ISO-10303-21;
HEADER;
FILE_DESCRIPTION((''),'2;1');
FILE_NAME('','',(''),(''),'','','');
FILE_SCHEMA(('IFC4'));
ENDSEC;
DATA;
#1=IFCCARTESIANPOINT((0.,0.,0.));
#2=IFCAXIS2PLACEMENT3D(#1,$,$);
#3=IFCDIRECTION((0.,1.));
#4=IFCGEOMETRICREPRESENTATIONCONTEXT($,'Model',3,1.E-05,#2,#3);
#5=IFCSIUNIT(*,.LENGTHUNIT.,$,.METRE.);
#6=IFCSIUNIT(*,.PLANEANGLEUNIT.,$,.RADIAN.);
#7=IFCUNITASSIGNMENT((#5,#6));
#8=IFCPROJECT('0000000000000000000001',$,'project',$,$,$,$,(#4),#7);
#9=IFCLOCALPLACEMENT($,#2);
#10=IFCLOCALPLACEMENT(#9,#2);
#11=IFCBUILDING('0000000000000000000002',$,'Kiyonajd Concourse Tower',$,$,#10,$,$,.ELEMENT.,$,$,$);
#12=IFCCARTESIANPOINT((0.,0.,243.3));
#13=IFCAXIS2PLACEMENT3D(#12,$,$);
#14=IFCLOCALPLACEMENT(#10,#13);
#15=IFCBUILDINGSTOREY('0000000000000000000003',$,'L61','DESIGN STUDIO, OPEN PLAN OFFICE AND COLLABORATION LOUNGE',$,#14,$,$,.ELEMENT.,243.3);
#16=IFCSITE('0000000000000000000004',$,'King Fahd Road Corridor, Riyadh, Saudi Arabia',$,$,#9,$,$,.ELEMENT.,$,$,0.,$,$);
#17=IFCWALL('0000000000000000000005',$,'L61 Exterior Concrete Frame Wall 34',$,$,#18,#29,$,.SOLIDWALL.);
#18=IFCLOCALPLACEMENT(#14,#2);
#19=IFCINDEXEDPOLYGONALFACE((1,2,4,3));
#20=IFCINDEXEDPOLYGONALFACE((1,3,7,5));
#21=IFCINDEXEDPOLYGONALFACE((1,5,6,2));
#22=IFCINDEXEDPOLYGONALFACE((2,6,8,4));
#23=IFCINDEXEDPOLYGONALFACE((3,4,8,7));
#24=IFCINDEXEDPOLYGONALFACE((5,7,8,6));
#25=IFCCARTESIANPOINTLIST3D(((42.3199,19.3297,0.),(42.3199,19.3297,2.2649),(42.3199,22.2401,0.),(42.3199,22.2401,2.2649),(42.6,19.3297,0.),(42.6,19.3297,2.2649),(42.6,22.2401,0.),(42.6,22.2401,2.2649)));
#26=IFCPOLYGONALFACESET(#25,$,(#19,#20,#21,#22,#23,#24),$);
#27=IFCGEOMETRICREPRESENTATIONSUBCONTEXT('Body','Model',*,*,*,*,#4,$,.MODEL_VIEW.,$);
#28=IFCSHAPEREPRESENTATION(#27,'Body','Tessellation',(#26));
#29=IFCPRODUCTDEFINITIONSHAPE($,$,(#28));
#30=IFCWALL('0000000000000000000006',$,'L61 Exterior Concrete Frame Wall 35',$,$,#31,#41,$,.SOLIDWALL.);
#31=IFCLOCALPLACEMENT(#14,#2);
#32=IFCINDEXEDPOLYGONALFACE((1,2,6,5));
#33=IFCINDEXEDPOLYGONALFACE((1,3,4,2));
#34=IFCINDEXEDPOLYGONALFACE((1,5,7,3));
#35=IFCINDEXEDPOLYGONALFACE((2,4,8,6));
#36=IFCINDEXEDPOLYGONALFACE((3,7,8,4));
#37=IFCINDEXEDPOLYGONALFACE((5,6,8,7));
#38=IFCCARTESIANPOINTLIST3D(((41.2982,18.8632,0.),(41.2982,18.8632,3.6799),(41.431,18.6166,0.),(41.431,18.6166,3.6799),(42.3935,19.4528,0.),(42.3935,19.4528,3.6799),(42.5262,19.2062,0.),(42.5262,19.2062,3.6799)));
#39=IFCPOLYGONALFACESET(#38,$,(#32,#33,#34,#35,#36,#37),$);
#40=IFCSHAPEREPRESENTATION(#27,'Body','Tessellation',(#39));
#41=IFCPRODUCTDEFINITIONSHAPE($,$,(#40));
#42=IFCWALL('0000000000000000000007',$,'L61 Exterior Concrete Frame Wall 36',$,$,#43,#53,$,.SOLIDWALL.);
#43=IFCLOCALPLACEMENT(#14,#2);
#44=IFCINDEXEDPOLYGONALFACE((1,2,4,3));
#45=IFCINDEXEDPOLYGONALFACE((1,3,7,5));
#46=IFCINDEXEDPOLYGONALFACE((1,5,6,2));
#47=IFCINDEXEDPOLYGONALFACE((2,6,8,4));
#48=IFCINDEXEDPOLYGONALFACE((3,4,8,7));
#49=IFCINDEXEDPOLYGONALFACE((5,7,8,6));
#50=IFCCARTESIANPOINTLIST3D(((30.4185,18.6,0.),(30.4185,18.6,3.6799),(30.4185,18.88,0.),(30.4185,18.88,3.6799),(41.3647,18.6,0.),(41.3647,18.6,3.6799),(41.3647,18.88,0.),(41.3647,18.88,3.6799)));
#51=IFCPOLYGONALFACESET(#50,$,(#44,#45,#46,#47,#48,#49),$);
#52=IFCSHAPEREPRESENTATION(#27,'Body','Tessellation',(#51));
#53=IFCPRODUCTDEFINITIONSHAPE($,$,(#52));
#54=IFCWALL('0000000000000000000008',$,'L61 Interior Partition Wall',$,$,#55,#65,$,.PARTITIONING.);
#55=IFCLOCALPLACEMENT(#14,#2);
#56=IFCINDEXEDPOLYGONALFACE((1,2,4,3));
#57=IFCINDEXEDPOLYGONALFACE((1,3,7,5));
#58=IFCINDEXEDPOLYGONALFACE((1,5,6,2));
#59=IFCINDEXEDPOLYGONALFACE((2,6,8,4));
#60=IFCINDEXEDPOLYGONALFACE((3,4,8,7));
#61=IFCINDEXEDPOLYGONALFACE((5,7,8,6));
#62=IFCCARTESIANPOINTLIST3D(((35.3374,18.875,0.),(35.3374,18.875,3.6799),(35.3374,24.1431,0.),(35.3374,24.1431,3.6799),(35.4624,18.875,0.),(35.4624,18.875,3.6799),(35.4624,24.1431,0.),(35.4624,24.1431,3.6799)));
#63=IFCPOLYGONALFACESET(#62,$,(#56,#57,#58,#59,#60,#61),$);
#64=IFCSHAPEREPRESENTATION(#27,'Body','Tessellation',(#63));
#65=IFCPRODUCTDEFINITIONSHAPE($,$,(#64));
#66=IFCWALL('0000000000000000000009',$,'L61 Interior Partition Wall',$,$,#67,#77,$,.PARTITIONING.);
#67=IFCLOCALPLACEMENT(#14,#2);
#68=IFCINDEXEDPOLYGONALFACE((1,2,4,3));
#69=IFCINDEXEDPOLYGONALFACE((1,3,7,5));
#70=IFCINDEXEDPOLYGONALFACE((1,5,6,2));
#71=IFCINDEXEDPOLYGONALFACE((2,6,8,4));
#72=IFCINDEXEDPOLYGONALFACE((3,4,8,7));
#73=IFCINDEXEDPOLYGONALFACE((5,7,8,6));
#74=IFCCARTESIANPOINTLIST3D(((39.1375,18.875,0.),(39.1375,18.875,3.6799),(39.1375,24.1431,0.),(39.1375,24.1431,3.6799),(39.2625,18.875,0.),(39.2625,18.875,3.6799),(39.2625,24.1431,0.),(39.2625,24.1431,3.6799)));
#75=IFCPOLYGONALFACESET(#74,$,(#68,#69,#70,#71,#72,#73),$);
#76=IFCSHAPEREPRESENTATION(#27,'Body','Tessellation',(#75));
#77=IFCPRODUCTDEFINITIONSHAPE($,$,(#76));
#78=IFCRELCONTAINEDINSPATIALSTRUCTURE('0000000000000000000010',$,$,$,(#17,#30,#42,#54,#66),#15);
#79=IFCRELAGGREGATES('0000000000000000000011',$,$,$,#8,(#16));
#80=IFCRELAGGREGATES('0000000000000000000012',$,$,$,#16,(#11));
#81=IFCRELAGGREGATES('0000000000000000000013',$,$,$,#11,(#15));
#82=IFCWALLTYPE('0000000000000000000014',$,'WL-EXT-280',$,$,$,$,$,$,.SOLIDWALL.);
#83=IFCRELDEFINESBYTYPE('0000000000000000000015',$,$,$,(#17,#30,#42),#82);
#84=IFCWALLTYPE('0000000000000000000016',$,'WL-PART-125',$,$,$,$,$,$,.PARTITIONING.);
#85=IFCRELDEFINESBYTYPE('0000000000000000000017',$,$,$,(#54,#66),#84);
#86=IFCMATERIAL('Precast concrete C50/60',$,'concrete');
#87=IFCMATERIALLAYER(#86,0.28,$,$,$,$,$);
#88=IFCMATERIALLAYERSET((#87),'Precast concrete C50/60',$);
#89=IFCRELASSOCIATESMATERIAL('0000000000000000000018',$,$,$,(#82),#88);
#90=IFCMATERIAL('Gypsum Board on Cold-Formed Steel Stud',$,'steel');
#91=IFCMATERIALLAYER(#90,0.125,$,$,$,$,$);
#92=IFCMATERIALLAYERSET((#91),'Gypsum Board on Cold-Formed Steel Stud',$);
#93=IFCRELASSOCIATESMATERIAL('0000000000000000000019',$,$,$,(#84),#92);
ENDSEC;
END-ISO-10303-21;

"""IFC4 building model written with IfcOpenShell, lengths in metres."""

from ifc_helpers import new_model, si_unit, direction, frame, frame_2d, origin, place, context, subcontext, project, spatial, rectangle, extrude, material, layer, layer_set, type_object, element, save


model = new_model("IFC4")

# Units and contexts
model_context = context("Model", 3, precision=1e-05, world=origin(), true_north=direction((0.0, 1.0)))
body_context = subcontext(model_context, "Body", "Model", "MODEL_VIEW")
ifc_project = project(units=[si_unit("LENGTHUNIT", "METRE"), si_unit("PLANEANGLEUNIT", "RADIAN")], contexts=[model_context])

# Site, building, storey
site_placement = place(None, origin())
site = spatial("IfcSite", under=ifc_project, at=site_placement, Name="King Fahd Road Corridor, Riyadh, Saudi Arabia", CompositionType="ELEMENT", RefElevation=0.0)
building_placement = place(site_placement, origin())
building = spatial("IfcBuilding", under=site, at=building_placement, Name="Kiyonajd Concourse Tower", CompositionType="ELEMENT")
storey_placement = place(building_placement, frame((0.0, 0.0, 243.3)))
storey = spatial("IfcBuildingStorey", under=building, at=storey_placement, Name="L61", Description="DESIGN STUDIO, OPEN PLAN OFFICE AND COLLABORATION LOUNGE", CompositionType="ELEMENT", Elevation=243.3)

# Walls
ifc_material_1 = material(Name="Precast concrete C50/60", Category="concrete")
ifc_layer_1 = layer(ifc_material_1, 0.28)
ifc_layer_set_1 = layer_set([ifc_layer_1], Name="Precast concrete C50/60")
wall_type_1 = type_object("IfcWallType", Name="WL-EXT-280", PredefinedType="SOLIDWALL", material=ifc_layer_set_1)
wall_1_placement = place(storey_placement, frame((42.46, 22.24, 0.0), z_axis=(0.0, 0.0, 1.0), x_axis=(0.0, -1.0, 0.0)))
element("IfcWall", 1, at=wall_1_placement, inside=storey, type_object=wall_type_1, Name="L61 Exterior Concrete Frame Wall 34", PredefinedType="SOLIDWALL", context=body_context, shape_type="SweptSolid", body=[
    extrude(rectangle(XDim=2.9104, YDim=0.28, at=frame_2d((1.4551, 0.0))), origin(), (0.0, 0.0, 1.0), 2.2649),
])
wall_2_placement = place(storey_placement, frame((42.46, 19.3296, 0.0), z_axis=(0.0, 0.0, 1.0), x_axis=(-0.880515, -0.474018, 0.0)))
element("IfcWall", 2, at=wall_2_placement, inside=storey, type_object=wall_type_1, Name="L61 Exterior Concrete Frame Wall 35", PredefinedType="SOLIDWALL", context=body_context, shape_type="SweptSolid", body=[
    extrude(rectangle(XDim=1.2439, YDim=0.28, at=frame_2d((0.6221, 0.0))), origin(), (0.0, 0.0, 1.0), 3.6799),
])
wall_3_placement = place(storey_placement, frame((41.3647, 18.74, 0.0), z_axis=(0.0, 0.0, 1.0), x_axis=(-1.0, 0.0, 0.0)))
element("IfcWall", 3, at=wall_3_placement, inside=storey, type_object=wall_type_1, Name="L61 Exterior Concrete Frame Wall 36", PredefinedType="SOLIDWALL", context=body_context, shape_type="SweptSolid", body=[
    extrude(rectangle(XDim=10.9463, YDim=0.28, at=frame_2d((5.4731, 0.0))), origin(), (0.0, 0.0, 1.0), 3.6799),
])
ifc_material_2 = material(Name="Gypsum Board on Cold-Formed Steel Stud", Category="steel")
ifc_layer_2 = layer(ifc_material_2, 0.125)
ifc_layer_set_2 = layer_set([ifc_layer_2], Name="Gypsum Board on Cold-Formed Steel Stud")
wall_type_2 = type_object("IfcWallType", Name="WL-PART-125", PredefinedType="PARTITIONING", material=ifc_layer_set_2)
for number, where, z_axis, x_axis, name in (
    (4, (35.3999, 18.875, 0.0), (0.0, 0.0, 1.0), (0.0, 1.0, 0.0), "L61 Interior Partition Wall"),
    (5, (39.2, 18.875, 0.0), (0.0, 0.0, 1.0), (0.0, 1.0, 0.0), "L61 Interior Partition Wall"),
):
    element("IfcWall", number, at=place(storey_placement, frame(where, z_axis=z_axis, x_axis=x_axis)), inside=storey, type_object=wall_type_2, Name=name, PredefinedType="PARTITIONING", context=body_context, shape_type="SweptSolid", body=[
        extrude(rectangle(XDim=5.2681, YDim=0.125, at=frame_2d((2.634, 0.0))), origin(), (0.0, 0.0, 1.0), 3.6799),
    ])

save(model, "model.ifc")
